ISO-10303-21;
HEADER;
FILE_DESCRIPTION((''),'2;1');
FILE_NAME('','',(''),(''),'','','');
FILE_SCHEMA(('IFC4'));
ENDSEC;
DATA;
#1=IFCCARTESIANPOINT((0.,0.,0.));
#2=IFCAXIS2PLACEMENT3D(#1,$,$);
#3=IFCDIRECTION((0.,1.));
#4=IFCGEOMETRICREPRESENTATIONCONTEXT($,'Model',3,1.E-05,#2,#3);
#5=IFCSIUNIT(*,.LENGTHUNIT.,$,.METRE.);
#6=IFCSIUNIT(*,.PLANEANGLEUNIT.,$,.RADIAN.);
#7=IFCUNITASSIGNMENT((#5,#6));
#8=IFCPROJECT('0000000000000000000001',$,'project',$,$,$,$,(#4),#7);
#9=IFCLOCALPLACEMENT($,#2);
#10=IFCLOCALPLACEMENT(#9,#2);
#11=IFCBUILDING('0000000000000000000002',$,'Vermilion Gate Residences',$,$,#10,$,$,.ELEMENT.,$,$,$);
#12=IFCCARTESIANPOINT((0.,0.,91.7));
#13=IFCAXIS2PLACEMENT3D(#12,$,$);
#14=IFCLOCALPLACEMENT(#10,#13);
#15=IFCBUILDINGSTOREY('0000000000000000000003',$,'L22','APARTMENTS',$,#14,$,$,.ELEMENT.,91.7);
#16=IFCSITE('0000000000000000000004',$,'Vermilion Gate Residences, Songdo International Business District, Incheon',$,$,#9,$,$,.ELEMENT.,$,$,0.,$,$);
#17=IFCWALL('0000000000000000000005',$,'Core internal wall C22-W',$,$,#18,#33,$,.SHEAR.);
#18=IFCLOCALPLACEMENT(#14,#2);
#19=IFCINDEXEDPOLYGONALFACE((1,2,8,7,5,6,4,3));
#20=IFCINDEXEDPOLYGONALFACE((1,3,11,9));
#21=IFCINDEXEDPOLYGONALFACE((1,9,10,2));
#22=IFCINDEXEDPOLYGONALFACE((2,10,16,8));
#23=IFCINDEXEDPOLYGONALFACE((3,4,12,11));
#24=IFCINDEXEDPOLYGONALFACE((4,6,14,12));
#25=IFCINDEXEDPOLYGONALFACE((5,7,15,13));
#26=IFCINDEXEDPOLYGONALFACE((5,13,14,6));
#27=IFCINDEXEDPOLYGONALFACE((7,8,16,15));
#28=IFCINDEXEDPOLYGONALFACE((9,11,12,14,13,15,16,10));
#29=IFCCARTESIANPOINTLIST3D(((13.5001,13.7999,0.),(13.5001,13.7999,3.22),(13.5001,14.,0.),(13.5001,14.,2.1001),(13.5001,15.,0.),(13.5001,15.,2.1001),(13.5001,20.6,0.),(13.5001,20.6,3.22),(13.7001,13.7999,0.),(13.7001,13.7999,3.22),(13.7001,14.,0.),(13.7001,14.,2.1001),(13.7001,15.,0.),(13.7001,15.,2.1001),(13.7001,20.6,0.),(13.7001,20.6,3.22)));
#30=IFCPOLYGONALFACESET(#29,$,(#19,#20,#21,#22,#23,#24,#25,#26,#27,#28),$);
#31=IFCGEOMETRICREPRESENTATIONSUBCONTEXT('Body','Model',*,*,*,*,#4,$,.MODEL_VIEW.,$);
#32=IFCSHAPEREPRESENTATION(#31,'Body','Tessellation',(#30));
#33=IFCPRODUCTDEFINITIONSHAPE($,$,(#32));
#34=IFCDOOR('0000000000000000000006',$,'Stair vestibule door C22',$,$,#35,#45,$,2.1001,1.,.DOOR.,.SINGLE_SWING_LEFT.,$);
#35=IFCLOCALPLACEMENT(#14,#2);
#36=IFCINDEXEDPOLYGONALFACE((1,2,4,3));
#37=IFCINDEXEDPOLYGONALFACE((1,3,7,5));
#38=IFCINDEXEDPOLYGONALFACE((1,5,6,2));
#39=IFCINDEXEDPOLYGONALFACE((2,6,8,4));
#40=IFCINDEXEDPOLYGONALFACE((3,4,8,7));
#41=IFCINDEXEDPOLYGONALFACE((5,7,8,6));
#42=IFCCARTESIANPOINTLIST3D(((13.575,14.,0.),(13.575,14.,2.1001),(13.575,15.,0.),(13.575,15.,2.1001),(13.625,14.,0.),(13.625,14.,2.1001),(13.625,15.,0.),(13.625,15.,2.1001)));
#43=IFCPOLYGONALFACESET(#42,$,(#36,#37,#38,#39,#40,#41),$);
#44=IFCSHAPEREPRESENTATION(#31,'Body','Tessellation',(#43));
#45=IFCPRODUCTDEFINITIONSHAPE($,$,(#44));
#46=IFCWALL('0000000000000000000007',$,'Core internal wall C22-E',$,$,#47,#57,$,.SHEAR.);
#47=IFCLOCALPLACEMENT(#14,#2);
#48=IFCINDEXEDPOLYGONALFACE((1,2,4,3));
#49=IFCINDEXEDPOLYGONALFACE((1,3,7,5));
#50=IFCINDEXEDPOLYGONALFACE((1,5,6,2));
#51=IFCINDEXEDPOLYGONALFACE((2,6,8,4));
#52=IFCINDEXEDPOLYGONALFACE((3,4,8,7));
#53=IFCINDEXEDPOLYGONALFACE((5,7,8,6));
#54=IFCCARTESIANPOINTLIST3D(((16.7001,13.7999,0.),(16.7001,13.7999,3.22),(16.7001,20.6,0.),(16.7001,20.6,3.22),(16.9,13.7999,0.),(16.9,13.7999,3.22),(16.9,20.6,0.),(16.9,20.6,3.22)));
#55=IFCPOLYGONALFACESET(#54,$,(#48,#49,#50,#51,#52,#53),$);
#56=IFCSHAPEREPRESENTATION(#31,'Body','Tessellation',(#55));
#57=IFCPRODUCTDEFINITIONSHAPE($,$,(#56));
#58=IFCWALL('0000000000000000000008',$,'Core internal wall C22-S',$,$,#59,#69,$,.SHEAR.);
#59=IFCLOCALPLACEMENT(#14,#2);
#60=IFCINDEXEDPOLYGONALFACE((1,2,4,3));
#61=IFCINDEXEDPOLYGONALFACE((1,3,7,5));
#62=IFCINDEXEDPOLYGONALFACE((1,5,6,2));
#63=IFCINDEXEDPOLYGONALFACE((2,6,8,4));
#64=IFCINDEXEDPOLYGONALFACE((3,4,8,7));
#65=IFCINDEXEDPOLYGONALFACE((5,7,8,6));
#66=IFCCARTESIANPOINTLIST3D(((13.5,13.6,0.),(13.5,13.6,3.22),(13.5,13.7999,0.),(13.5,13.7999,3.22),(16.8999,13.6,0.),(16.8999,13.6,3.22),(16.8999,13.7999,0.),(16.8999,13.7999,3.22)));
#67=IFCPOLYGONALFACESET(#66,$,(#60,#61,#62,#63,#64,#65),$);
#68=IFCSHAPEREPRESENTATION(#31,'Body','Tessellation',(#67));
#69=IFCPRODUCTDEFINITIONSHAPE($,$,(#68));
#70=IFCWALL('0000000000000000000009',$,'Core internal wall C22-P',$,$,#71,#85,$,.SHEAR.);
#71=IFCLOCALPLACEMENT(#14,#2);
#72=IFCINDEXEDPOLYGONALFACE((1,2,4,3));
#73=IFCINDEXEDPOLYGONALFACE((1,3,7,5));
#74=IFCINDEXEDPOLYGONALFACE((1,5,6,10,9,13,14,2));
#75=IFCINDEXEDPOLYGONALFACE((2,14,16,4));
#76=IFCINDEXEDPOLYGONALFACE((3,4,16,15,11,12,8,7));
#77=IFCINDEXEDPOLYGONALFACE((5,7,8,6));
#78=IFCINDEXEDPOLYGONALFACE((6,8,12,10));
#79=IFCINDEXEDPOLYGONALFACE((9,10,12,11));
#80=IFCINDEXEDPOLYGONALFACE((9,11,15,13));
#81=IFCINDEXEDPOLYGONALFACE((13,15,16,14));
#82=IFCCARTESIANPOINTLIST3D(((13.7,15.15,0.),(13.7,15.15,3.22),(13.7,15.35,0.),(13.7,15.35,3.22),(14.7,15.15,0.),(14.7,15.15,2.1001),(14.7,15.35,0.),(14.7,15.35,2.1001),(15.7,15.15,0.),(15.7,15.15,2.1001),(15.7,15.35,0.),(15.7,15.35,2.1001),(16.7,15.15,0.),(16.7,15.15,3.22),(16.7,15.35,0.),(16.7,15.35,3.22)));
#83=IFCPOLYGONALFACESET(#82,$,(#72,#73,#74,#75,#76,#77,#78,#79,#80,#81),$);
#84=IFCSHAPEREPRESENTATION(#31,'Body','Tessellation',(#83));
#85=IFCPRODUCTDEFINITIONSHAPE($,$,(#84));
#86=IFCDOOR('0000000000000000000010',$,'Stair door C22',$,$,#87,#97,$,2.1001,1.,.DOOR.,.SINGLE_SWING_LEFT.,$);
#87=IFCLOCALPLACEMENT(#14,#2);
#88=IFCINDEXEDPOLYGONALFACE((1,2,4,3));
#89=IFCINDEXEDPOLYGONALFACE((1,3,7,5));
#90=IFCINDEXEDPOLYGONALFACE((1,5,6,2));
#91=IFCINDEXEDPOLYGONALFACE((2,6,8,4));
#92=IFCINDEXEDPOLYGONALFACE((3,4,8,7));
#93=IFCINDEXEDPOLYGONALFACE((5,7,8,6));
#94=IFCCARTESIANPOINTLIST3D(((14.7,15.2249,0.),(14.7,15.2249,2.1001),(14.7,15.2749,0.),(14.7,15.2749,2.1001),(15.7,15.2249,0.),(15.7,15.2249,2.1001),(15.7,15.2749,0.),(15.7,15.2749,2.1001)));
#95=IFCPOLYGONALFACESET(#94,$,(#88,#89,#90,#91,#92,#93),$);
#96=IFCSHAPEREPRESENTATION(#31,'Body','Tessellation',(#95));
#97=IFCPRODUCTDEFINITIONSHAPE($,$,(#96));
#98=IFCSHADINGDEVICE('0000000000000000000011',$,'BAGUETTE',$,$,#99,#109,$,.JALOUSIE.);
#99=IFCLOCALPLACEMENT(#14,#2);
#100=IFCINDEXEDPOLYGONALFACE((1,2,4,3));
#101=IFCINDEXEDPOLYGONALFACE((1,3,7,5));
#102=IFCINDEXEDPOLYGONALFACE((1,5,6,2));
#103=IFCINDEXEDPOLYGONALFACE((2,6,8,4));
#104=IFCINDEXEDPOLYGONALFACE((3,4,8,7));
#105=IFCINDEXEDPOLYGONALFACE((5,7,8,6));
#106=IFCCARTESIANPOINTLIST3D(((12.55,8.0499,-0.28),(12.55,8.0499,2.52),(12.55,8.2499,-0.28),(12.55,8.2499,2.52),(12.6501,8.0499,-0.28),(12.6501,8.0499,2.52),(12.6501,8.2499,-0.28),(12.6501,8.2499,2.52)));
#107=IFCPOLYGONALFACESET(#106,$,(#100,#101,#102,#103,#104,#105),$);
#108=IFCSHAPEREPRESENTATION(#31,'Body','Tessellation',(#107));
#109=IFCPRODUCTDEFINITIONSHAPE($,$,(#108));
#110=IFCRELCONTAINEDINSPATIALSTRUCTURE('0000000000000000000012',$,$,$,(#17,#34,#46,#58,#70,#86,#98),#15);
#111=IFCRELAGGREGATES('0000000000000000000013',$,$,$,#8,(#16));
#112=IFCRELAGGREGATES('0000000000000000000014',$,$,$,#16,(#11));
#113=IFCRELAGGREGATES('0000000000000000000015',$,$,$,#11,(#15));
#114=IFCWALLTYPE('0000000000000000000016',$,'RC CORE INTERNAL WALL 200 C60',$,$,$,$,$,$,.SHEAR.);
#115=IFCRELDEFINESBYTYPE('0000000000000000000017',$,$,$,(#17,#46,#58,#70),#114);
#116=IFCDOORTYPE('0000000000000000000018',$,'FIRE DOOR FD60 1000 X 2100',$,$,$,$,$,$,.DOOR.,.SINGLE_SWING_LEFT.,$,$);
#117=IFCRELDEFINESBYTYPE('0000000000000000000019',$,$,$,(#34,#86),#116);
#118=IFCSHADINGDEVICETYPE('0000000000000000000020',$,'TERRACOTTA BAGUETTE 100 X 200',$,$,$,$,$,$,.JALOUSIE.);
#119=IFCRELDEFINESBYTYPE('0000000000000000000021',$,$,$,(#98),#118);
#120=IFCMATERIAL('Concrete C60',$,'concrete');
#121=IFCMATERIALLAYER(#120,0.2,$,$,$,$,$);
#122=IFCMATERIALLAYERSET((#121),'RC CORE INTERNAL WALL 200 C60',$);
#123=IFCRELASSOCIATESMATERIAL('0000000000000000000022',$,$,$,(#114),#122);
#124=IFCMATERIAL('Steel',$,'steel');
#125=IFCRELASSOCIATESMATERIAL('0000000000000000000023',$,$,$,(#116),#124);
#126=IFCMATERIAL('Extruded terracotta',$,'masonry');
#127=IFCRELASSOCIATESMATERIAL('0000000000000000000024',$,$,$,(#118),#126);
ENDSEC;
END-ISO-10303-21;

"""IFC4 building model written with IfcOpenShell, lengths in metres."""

from ifc_helpers import new_model, si_unit, direction, frame, frame_2d, origin, origin_2d, place, context, subcontext, project, spatial, rectangle, extrude, material, layer, layer_set, material_profile, profile_set, type_object, element, fill, save


model = new_model("IFC4")

# Units and contexts
model_context = context("Model", 3, precision=1e-05, world=origin(), true_north=direction((0.0, 1.0)))
body_context = subcontext(model_context, "Body", "Model", "MODEL_VIEW")
ifc_project = project(units=[si_unit("LENGTHUNIT", "METRE"), si_unit("PLANEANGLEUNIT", "RADIAN")], contexts=[model_context])

# Site, building, storey
site_placement = place(None, origin())
site = spatial("IfcSite", under=ifc_project, at=site_placement, Name="Vermilion Gate Residences, Songdo International Business District, Incheon", CompositionType="ELEMENT", RefElevation=0.0)
building_placement = place(site_placement, origin())
building = spatial("IfcBuilding", under=site, at=building_placement, Name="Vermilion Gate Residences", CompositionType="ELEMENT")
storey_placement = place(building_placement, frame((0.0, 0.0, 91.7)))
storey = spatial("IfcBuildingStorey", under=building, at=storey_placement, Name="L22", Description="APARTMENTS", CompositionType="ELEMENT", Elevation=91.7)

# Wall, opening, door
ifc_material_1 = material(Name="Concrete C60", Category="concrete")
ifc_layer_1 = layer(ifc_material_1, 0.2)
ifc_layer_set_1 = layer_set([ifc_layer_1], Name="RC CORE INTERNAL WALL 200 C60")
wall_type_1 = type_object("IfcWallType", Name="RC CORE INTERNAL WALL 200 C60", PredefinedType="SHEAR", material=ifc_layer_set_1)
wall_1_placement = place(storey_placement, frame((13.6001, 13.8, 0.0), z_axis=(0.0, 0.0, 1.0), x_axis=(0.0, 1.0, 0.0)))
wall_1 = element("IfcWall", 1, at=wall_1_placement, inside=storey, type_object=wall_type_1, Name="Core internal wall C22-W", PredefinedType="SHEAR", context=body_context, shape_type="SweptSolid", body=[
    extrude(rectangle(XDim=6.8, YDim=0.2, at=frame_2d((3.3999, 0.0))), origin(), (0.0, 0.0, 1.0), 3.22),
])
opening_1_placement = place(wall_1_placement, frame((0.2, 0.0, 0.0)))
opening_1 = element("IfcOpeningElement", 2, at=opening_1_placement, cuts=wall_1, PredefinedType="OPENING", context=body_context, shape_type="SweptSolid", body=[
    extrude(rectangle(XDim=1.0, YDim=2.1001, at=frame_2d((0.5, 1.05))), frame((0.0, 0.1099, 0.0), z_axis=(0.0, -1.0, 0.0), x_axis=(1.0, 0.0, 0.0)), (0.0, 0.0, 1.0), 0.22),
])
ifc_material_2 = material(Name="Steel", Category="steel")
door_type_1 = type_object("IfcDoorType", Name="FIRE DOOR FD60 1000 X 2100", OperationType="SINGLE_SWING_LEFT", PredefinedType="DOOR", material=ifc_material_2)
door_1_placement = place(opening_1_placement, frame((1.0, 0.0, 0.0), z_axis=(0.0, 0.0, 1.0), x_axis=(-1.0, 0.0, 0.0)))
door_1 = element("IfcDoor", 3, at=door_1_placement, inside=storey, type_object=door_type_1, Name="Stair vestibule door C22", OperationType="SINGLE_SWING_LEFT", OverallHeight=2.1001, OverallWidth=1.0, PredefinedType="DOOR", context=body_context, shape_type="SweptSolid", body=[
    extrude(rectangle(XDim=1.0, YDim=2.1001, at=frame_2d((0.5, 1.05))), frame((0.0, 0.0249, 0.0), z_axis=(0.0, -1.0, 0.0), x_axis=(1.0, 0.0, 0.0)), (0.0, 0.0, 1.0), 0.05),
])
fill(opening_1, door_1)

# Walls
wall_2_placement = place(storey_placement, frame((16.8, 13.8, 0.0), z_axis=(0.0, 0.0, 1.0), x_axis=(0.0, 1.0, 0.0)))
element("IfcWall", 4, at=wall_2_placement, inside=storey, type_object=wall_type_1, Name="Core internal wall C22-E", PredefinedType="SHEAR", context=body_context, shape_type="SweptSolid", body=[
    extrude(rectangle(XDim=6.8, YDim=0.2, at=frame_2d((3.3999, 0.0))), origin(), (0.0, 0.0, 1.0), 3.22),
])
wall_3_placement = place(storey_placement, frame((13.5, 13.7, 0.0), z_axis=(0.0, 0.0, 1.0), x_axis=(1.0, 0.0, 0.0)))
element("IfcWall", 5, at=wall_3_placement, inside=storey, type_object=wall_type_1, Name="Core internal wall C22-S", PredefinedType="SHEAR", context=body_context, shape_type="SweptSolid", body=[
    extrude(rectangle(XDim=3.3999, YDim=0.2, at=frame_2d((1.7, 0.0))), origin(), (0.0, 0.0, 1.0), 3.22),
])

# Wall, opening, door
wall_4_placement = place(storey_placement, frame((13.7, 15.25, 0.0), z_axis=(0.0, 0.0, 1.0), x_axis=(1.0, 0.0, 0.0)))
wall_4 = element("IfcWall", 6, at=wall_4_placement, inside=storey, type_object=wall_type_1, Name="Core internal wall C22-P", PredefinedType="SHEAR", context=body_context, shape_type="SweptSolid", body=[
    extrude(rectangle(XDim=3.0, YDim=0.2, at=frame_2d((1.5, 0.0))), origin(), (0.0, 0.0, 1.0), 3.22),
])
opening_2_placement = place(wall_4_placement, frame((1.0, 0.0, 0.0)))
opening_2 = element("IfcOpeningElement", 7, at=opening_2_placement, cuts=wall_4, PredefinedType="OPENING", context=body_context, shape_type="SweptSolid", body=[
    extrude(rectangle(XDim=1.0, YDim=2.1001, at=frame_2d((0.5, 1.05))), frame((0.0, 0.1099, 0.0), z_axis=(0.0, -1.0, 0.0), x_axis=(1.0, 0.0, 0.0)), (0.0, 0.0, 1.0), 0.22),
])
door_2_placement = place(opening_2_placement, origin())
door_2 = element("IfcDoor", 8, at=door_2_placement, inside=storey, type_object=door_type_1, Name="Stair door C22", OperationType="SINGLE_SWING_LEFT", OverallHeight=2.1001, OverallWidth=1.0, PredefinedType="DOOR", context=body_context, shape_type="SweptSolid", body=[
    extrude(rectangle(XDim=1.0, YDim=2.1001, at=frame_2d((0.5, 1.05))), frame((0.0, 0.0249, 0.0), z_axis=(0.0, -1.0, 0.0), x_axis=(1.0, 0.0, 0.0)), (0.0, 0.0, 1.0), 0.05),
])
fill(opening_2, door_2)

# Shading device
ifc_material_3 = material(Name="Extruded terracotta", Category="masonry")
ifc_material_profile_1 = material_profile(ifc_material_3, rectangle(XDim=0.2, YDim=0.1001, at=origin_2d()), Name="BAGUETTE 100 X 200")
ifc_profile_set_1 = profile_set([ifc_material_profile_1], Name="Extruded terracotta")
shading_device_type = type_object("IfcShadingDeviceType", Name="TERRACOTTA BAGUETTE 100 X 200", PredefinedType="JALOUSIE", material=ifc_profile_set_1)
shading_device_placement = place(storey_placement, frame((12.6001, 8.1499, -0.28), z_axis=(0.0, 0.0, 1.0), x_axis=(0.0, 1.0, 0.0)))
element("IfcShadingDevice", 9, at=shading_device_placement, inside=storey, type_object=shading_device_type, Name="BAGUETTE", PredefinedType="JALOUSIE", context=body_context, shape_type="SweptSolid", body=[
    extrude(rectangle(XDim=0.2, YDim=0.1001, at=origin_2d()), origin(), (0.0, 0.0, 1.0), 2.8),
])

save(model, "model.ifc")
